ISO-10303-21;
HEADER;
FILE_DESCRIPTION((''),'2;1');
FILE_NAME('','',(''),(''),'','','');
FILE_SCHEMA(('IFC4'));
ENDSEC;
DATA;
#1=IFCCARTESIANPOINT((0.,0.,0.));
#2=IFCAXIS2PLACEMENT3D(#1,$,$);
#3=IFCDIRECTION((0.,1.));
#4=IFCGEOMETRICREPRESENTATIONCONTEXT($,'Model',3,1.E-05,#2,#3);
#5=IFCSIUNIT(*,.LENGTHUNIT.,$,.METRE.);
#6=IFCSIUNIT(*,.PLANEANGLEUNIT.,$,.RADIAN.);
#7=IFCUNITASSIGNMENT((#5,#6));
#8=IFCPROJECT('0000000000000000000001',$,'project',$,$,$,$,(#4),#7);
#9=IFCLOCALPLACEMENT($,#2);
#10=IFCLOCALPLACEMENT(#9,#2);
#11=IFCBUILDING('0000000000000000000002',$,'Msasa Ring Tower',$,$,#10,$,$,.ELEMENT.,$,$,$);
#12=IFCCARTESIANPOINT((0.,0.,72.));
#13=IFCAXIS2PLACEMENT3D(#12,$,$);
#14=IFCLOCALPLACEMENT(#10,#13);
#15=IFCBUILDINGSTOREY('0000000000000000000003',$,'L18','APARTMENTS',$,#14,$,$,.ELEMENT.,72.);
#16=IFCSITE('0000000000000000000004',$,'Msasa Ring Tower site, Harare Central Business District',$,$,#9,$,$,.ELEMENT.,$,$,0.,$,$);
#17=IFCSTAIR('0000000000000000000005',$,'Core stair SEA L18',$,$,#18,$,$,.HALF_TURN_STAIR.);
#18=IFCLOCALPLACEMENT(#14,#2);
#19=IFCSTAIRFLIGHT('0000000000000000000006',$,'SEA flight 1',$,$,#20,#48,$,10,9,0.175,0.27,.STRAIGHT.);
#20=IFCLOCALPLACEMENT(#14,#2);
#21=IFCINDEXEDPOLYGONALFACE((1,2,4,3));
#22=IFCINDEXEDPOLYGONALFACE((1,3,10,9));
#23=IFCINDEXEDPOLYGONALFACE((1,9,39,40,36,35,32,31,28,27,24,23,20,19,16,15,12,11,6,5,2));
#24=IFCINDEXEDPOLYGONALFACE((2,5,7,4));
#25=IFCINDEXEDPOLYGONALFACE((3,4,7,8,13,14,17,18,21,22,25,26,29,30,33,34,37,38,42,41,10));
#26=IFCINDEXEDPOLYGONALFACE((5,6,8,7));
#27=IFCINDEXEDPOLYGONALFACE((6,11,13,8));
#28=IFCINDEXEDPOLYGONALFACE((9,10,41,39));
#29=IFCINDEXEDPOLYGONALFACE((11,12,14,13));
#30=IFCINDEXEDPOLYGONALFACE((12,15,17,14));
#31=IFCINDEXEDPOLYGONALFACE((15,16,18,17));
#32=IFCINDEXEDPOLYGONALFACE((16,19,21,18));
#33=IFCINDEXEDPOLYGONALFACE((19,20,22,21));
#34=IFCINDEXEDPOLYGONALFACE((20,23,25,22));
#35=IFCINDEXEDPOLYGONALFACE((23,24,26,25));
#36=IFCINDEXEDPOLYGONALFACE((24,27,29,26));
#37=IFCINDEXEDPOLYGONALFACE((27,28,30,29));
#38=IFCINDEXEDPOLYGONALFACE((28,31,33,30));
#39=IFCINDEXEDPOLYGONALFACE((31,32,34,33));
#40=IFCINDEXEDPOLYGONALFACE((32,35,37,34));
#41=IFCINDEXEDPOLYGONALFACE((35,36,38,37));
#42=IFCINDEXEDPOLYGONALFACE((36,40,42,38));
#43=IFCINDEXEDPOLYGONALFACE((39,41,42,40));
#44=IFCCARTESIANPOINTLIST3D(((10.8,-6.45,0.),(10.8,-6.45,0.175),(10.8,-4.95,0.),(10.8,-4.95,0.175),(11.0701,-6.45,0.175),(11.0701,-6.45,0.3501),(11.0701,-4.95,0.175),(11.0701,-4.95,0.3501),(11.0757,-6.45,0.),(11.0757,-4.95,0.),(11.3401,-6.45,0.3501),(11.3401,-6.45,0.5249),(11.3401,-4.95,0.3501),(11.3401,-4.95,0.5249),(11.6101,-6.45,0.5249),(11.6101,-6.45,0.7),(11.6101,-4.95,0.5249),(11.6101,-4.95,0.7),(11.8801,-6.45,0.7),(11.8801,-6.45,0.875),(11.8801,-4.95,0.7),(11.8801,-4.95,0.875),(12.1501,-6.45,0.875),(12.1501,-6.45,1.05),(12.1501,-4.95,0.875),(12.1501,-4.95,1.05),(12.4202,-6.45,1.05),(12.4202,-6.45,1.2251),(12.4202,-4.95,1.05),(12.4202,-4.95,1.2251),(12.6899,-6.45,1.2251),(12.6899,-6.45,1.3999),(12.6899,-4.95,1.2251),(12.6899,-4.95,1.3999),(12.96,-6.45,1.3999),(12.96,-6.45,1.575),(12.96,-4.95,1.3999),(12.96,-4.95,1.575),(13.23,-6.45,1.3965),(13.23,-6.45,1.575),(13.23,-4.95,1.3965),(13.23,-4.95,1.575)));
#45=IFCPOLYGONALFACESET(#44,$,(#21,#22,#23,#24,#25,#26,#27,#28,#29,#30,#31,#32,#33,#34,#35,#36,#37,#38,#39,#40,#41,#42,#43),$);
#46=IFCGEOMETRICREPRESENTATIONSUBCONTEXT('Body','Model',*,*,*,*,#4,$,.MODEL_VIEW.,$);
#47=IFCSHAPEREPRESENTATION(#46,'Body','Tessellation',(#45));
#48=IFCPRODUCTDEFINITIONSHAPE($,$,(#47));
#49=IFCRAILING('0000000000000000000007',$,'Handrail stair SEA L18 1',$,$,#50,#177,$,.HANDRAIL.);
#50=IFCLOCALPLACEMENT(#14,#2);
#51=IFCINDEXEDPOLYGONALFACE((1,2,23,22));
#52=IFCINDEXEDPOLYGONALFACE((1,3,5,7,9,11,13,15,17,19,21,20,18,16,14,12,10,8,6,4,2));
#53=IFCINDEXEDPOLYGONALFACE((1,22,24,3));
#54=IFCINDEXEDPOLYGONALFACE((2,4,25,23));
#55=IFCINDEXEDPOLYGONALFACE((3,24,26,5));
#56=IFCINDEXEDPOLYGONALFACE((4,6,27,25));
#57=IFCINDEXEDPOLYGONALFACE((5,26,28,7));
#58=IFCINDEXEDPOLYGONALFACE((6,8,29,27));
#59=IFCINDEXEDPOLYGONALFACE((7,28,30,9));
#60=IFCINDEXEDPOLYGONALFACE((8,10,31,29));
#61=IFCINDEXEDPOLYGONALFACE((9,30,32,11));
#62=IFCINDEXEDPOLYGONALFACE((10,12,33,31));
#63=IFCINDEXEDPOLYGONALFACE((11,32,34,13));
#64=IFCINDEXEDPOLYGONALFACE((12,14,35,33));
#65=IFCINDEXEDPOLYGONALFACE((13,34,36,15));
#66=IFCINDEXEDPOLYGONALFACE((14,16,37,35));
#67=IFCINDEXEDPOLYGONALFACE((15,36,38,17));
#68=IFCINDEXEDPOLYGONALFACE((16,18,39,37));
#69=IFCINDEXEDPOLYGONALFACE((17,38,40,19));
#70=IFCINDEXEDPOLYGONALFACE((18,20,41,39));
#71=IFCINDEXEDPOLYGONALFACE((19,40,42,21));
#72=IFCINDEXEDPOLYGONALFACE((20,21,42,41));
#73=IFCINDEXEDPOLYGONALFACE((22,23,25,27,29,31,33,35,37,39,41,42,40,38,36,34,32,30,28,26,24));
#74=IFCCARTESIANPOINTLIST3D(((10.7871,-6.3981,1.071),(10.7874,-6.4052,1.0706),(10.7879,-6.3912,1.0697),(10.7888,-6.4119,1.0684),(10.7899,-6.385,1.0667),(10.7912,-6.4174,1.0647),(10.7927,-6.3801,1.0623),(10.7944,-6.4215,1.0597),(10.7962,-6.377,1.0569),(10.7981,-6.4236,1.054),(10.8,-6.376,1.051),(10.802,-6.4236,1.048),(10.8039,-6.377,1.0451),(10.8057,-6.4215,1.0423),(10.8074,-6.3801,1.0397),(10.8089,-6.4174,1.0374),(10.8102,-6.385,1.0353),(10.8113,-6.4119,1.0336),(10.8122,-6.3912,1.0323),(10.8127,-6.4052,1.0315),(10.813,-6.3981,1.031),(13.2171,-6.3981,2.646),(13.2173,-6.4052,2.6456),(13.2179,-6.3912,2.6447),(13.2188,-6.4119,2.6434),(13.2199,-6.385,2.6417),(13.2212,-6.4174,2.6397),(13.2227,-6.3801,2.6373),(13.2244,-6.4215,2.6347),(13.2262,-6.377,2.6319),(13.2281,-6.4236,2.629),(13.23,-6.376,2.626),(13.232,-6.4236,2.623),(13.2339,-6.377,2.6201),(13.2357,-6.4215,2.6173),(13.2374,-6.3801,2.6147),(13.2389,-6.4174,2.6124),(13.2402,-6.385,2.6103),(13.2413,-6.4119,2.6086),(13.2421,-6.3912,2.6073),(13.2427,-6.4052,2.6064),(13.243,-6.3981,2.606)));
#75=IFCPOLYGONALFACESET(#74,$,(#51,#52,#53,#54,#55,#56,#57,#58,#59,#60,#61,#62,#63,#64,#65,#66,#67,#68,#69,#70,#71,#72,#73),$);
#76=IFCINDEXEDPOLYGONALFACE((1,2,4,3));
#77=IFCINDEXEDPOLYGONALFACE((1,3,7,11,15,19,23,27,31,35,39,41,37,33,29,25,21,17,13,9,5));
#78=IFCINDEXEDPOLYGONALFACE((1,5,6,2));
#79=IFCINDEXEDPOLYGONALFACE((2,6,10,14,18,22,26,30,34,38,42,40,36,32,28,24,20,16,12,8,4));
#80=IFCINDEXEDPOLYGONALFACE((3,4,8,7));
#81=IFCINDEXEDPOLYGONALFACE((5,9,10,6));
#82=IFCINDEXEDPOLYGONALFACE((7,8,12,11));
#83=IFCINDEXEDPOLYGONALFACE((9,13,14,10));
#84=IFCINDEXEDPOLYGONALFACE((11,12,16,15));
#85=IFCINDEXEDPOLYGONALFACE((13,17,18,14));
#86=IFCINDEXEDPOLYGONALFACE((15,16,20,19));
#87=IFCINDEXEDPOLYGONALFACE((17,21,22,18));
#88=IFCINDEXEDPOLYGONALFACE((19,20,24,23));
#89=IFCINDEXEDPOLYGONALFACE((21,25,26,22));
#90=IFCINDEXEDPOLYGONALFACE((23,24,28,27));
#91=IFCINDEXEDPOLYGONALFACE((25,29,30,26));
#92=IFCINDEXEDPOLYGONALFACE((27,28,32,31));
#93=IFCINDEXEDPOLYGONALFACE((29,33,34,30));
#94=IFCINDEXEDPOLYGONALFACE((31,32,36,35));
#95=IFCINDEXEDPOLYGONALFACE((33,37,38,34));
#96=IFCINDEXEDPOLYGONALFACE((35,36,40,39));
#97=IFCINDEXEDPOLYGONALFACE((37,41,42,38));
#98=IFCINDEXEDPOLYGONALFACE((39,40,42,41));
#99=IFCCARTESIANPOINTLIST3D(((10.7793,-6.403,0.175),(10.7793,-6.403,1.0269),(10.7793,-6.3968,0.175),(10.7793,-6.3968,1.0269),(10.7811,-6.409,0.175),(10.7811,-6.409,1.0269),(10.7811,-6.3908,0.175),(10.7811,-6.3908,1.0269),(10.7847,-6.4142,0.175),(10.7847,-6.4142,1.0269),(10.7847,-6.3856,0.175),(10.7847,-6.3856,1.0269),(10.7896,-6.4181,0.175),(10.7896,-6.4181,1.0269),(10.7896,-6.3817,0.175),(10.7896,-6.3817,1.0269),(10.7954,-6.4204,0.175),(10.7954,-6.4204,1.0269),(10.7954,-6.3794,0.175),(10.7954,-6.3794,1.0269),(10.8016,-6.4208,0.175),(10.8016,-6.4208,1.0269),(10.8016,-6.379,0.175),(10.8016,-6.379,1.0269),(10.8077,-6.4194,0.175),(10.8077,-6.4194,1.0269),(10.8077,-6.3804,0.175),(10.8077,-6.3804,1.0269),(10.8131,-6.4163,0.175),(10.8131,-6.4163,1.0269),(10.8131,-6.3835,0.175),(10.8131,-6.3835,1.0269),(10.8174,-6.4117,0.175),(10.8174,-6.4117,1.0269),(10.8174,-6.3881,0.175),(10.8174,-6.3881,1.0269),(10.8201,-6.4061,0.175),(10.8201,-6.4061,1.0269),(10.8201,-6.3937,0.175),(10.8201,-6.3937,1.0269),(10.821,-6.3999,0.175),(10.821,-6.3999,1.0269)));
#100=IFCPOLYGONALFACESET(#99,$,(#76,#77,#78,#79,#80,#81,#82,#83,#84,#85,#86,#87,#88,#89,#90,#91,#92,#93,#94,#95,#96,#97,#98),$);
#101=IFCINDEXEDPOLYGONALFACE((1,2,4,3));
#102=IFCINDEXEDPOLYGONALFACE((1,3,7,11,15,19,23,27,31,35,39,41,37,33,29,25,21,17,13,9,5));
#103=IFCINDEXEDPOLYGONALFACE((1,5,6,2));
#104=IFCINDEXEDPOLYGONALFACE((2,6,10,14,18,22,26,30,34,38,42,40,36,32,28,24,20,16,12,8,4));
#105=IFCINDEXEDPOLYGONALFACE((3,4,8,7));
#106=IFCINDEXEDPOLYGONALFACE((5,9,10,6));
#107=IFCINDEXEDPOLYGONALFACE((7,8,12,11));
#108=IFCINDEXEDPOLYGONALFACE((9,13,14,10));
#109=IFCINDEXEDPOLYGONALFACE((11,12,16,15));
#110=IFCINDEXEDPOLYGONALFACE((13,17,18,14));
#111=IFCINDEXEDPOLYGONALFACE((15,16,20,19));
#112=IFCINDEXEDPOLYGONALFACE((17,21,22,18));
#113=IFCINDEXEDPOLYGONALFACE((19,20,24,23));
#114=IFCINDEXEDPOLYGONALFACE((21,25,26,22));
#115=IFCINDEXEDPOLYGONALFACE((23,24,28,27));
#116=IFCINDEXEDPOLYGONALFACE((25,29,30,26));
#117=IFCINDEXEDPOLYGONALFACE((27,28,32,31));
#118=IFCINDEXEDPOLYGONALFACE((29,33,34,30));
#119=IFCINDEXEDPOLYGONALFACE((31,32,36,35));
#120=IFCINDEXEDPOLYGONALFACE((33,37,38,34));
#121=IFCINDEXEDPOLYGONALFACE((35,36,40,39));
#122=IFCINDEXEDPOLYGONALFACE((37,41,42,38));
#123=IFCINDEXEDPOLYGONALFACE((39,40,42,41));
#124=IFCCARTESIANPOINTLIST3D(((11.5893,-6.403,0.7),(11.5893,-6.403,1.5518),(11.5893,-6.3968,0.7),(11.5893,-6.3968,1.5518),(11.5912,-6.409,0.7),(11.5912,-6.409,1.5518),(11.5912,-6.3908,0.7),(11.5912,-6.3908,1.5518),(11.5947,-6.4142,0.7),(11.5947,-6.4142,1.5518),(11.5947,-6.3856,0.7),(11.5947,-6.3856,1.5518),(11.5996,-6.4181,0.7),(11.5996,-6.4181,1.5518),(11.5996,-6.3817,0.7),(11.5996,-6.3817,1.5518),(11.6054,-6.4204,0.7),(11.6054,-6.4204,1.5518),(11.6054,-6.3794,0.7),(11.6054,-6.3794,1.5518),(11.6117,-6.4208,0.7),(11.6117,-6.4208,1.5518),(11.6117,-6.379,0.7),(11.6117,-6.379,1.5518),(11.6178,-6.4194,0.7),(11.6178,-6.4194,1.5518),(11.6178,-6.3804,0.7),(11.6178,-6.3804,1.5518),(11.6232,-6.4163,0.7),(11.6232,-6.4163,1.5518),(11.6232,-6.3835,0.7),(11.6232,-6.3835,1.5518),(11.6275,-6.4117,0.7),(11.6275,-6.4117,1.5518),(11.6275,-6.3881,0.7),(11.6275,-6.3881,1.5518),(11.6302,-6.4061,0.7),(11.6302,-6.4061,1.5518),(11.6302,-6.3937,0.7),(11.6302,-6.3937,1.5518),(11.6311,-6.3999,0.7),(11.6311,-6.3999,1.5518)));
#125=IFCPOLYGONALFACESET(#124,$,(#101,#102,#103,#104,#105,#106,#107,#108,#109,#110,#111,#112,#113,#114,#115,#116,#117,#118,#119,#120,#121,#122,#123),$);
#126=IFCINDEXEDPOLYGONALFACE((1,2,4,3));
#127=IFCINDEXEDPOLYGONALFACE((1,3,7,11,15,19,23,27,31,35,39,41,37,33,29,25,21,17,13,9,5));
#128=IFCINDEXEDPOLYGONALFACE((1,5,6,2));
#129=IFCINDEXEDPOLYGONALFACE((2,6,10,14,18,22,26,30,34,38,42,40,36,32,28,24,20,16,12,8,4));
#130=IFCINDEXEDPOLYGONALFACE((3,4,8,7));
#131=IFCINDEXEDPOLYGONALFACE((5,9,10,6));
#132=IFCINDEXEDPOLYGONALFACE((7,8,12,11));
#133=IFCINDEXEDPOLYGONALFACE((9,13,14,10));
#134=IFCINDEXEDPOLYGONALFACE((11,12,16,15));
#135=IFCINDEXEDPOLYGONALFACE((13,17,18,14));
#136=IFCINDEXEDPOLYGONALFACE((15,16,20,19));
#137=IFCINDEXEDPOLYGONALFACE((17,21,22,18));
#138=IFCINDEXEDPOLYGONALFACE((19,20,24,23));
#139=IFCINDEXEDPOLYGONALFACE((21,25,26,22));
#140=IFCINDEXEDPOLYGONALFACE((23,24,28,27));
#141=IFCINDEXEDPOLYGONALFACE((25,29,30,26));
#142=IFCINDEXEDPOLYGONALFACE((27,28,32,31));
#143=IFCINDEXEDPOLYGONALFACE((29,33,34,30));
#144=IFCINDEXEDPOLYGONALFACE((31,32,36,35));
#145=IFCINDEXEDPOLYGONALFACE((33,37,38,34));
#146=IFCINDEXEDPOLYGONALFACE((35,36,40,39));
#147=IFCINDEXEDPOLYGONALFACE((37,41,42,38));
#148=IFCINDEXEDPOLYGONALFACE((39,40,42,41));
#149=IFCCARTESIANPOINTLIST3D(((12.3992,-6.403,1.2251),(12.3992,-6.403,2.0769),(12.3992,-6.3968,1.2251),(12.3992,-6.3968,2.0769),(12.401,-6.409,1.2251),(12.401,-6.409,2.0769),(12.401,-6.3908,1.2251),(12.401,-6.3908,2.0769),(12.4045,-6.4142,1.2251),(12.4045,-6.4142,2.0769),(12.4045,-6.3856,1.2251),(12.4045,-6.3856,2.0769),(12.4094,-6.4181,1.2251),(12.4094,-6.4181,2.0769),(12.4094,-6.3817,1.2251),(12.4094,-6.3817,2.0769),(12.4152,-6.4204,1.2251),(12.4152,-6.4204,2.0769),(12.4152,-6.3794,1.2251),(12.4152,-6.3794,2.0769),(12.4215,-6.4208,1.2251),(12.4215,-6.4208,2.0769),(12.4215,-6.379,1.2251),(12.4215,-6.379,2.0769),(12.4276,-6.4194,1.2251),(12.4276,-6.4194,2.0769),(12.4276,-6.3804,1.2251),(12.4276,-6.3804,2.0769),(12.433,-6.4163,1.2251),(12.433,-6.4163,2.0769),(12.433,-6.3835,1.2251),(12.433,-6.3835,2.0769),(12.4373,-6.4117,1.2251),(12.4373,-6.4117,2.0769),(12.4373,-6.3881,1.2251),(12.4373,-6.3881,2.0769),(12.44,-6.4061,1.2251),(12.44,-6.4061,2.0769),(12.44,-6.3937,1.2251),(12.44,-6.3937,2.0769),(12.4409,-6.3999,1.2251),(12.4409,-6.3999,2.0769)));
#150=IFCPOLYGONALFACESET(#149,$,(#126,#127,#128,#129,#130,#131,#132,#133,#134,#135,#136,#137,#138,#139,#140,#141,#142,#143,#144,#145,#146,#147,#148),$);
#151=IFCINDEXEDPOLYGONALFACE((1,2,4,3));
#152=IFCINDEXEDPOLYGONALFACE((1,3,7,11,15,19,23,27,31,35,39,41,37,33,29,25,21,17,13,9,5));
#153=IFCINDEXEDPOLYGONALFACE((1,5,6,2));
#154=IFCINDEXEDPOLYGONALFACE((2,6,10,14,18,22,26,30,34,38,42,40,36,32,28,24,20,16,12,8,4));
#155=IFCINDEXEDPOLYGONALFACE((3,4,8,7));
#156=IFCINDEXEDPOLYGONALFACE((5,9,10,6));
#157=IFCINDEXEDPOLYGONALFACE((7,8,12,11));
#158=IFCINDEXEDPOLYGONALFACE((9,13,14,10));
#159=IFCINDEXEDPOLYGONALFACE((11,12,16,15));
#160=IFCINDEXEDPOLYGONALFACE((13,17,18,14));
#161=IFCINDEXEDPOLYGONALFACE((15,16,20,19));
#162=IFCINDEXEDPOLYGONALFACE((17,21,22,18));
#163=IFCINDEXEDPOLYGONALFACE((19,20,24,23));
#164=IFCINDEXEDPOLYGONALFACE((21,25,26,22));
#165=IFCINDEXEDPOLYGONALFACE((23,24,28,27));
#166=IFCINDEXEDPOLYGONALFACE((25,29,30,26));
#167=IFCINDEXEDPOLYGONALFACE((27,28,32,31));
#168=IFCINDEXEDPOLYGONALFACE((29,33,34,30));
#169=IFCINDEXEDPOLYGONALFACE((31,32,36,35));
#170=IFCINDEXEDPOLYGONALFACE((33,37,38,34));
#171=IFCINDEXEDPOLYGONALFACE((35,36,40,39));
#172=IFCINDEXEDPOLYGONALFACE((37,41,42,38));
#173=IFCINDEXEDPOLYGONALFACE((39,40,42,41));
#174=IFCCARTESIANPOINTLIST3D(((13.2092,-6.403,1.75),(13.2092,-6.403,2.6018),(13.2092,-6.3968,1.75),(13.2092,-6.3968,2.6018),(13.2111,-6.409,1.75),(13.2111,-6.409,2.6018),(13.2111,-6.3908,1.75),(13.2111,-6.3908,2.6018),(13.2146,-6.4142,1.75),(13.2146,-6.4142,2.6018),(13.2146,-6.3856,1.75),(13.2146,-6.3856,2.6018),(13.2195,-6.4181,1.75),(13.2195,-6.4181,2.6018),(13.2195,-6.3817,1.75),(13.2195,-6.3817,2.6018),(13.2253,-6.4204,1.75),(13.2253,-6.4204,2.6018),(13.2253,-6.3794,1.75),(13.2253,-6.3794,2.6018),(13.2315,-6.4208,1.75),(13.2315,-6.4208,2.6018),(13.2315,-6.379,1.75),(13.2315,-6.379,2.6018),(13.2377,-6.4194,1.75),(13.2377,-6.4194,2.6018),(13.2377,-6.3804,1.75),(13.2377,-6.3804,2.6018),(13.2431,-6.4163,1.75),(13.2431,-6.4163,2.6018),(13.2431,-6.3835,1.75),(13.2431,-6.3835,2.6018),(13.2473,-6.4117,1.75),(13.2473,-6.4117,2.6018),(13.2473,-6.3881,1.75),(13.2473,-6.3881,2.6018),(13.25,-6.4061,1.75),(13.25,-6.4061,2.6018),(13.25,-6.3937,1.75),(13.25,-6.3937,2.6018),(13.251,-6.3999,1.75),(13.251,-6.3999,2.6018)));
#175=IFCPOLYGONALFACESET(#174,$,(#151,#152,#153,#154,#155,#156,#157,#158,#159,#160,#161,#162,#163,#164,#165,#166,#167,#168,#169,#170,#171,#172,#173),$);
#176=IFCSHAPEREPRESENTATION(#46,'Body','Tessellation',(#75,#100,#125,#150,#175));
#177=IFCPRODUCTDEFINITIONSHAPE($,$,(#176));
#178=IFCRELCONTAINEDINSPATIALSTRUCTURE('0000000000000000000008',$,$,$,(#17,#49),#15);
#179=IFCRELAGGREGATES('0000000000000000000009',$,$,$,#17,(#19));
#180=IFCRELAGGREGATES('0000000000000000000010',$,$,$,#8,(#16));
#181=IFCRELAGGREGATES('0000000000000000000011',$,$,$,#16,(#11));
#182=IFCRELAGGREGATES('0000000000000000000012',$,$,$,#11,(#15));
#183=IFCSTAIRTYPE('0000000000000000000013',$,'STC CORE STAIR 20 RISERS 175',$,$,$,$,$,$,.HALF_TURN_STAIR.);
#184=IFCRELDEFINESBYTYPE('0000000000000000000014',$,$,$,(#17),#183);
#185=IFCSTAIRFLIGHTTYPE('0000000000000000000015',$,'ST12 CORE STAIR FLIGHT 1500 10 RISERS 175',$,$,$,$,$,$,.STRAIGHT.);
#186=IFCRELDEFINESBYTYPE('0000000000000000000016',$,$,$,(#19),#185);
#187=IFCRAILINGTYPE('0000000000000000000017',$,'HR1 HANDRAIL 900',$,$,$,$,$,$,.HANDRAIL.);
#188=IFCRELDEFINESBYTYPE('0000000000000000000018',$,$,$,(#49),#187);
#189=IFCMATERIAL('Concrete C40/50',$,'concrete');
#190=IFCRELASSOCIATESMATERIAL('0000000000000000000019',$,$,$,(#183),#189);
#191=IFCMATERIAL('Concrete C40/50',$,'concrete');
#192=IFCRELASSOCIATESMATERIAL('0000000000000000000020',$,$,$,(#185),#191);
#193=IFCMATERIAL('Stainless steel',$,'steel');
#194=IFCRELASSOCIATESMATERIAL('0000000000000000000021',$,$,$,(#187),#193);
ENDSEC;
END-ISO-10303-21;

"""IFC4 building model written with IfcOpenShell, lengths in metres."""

from ifc_helpers import new_model, si_unit, direction, frame, origin, origin_2d, place, context, subcontext, project, spatial, polyline, circle, outline, extrude, material, type_object, element, aggregate, save


model = new_model("IFC4")

# Units and contexts
model_context = context("Model", 3, precision=1e-05, world=origin(), true_north=direction((0.0, 1.0)))
body_context = subcontext(model_context, "Body", "Model", "MODEL_VIEW")
ifc_project = project(units=[si_unit("LENGTHUNIT", "METRE"), si_unit("PLANEANGLEUNIT", "RADIAN")], contexts=[model_context])

# Site, building, storey
site_placement = place(None, origin())
site = spatial("IfcSite", under=ifc_project, at=site_placement, Name="Msasa Ring Tower site, Harare Central Business District", CompositionType="ELEMENT", RefElevation=0.0)
building_placement = place(site_placement, origin())
building = spatial("IfcBuilding", under=site, at=building_placement, Name="Msasa Ring Tower", CompositionType="ELEMENT")
storey_placement = place(building_placement, frame((0.0, 0.0, 72.0)))
storey = spatial("IfcBuildingStorey", under=building, at=storey_placement, Name="L18", Description="APARTMENTS", CompositionType="ELEMENT", Elevation=72.0)

# Stair, stair flight
ifc_material_1 = material(Name="Concrete C40/50", Category="concrete")
stair_type = type_object("IfcStairType", Name="STC CORE STAIR 20 RISERS 175", PredefinedType="HALF_TURN_STAIR", material=ifc_material_1)
stair_placement = place(storey_placement, origin())
stair = element("IfcStair", 1, at=stair_placement, inside=storey, type_object=stair_type, Name="Core stair SEA L18", PredefinedType="HALF_TURN_STAIR")
ifc_material_2 = material(Name="Concrete C40/50", Category="concrete")
stair_flight_type = type_object("IfcStairFlightType", Name="ST12 CORE STAIR FLIGHT 1500 10 RISERS 175", PredefinedType="STRAIGHT", material=ifc_material_2)
stair_flight_placement = place(storey_placement, frame((10.8, -5.7, 0.0), z_axis=(0.0, 0.0, 1.0), x_axis=(1.0, 0.0, 0.0)))
stair_flight = element("IfcStairFlight", 2, at=stair_flight_placement, type_object=stair_flight_type, Name="SEA flight 1", NumberOfRisers=10, NumberOfTreads=9, PredefinedType="STRAIGHT", RiserHeight=0.175, TreadLength=0.27, context=body_context, shape_type="SweptSolid", body=[
    extrude(outline(polyline([(0.0, 0.0), (0.0, 0.175), (0.27, 0.175), (0.27, 0.3501), (0.54, 0.3501), (0.54, 0.5249), (0.8101, 0.5249), (0.8101, 0.7), (1.0801, 0.7), (1.0801, 0.875), (1.3501, 0.875), (1.3501, 1.05), (1.6201, 1.05), (1.6201, 1.2251), (1.8899, 1.2251), (1.8899, 1.3999), (2.1599, 1.3999), (2.1599, 1.575), (2.4299, 1.575), (2.4299, 1.75), (2.4299, 1.3965), (0.2756, 0.0), (0.0, 0.0)])), frame((0.0, 0.75, 0.0), z_axis=(0.0, -1.0, 0.0), x_axis=(1.0, 0.0, 0.0)), (0.0, 0.0, 1.0), 1.5),
])
aggregate(stair, [stair_flight])

# Railing
ifc_material_3 = material(Name="Stainless steel", Category="steel")
railing_type = type_object("IfcRailingType", Name="HR1 HANDRAIL 900", PredefinedType="HANDRAIL", material=ifc_material_3)
for number, where, name in (
    (3, (10.8, -6.3999, 0.175), "Handrail stair SEA L18 1"),
):
    element("IfcRailing", number, at=place(storey_placement, frame(where)), inside=storey, type_object=railing_type, Name=name, PredefinedType="HANDRAIL", context=body_context, shape_type="SweptSolid", body=[
        extrude(circle(Radius=0.0239, at=origin_2d()), frame((0.0, 0.0, 0.876), z_axis=(0.839154, 0.0, 0.543894), x_axis=(0.0, 1.0, 0.0)), (0.0, 0.0, 1.0), 2.8958),
        extrude(circle(Radius=0.021, at=origin_2d()), origin(), (0.0, 0.0, 1.0), 0.8518),
        extrude(circle(Radius=0.021, at=origin_2d()), frame((0.8101, 0.0, 0.5249)), (0.0, 0.0, 1.0), 0.8518),
        extrude(circle(Radius=0.021, at=origin_2d()), frame((1.6199, 0.0, 1.05)), (0.0, 0.0, 1.0), 0.8518),
        extrude(circle(Radius=0.021, at=origin_2d()), frame((2.4299, 0.0, 1.575)), (0.0, 0.0, 1.0), 0.8518),
    ])

save(model, "model.ifc")
